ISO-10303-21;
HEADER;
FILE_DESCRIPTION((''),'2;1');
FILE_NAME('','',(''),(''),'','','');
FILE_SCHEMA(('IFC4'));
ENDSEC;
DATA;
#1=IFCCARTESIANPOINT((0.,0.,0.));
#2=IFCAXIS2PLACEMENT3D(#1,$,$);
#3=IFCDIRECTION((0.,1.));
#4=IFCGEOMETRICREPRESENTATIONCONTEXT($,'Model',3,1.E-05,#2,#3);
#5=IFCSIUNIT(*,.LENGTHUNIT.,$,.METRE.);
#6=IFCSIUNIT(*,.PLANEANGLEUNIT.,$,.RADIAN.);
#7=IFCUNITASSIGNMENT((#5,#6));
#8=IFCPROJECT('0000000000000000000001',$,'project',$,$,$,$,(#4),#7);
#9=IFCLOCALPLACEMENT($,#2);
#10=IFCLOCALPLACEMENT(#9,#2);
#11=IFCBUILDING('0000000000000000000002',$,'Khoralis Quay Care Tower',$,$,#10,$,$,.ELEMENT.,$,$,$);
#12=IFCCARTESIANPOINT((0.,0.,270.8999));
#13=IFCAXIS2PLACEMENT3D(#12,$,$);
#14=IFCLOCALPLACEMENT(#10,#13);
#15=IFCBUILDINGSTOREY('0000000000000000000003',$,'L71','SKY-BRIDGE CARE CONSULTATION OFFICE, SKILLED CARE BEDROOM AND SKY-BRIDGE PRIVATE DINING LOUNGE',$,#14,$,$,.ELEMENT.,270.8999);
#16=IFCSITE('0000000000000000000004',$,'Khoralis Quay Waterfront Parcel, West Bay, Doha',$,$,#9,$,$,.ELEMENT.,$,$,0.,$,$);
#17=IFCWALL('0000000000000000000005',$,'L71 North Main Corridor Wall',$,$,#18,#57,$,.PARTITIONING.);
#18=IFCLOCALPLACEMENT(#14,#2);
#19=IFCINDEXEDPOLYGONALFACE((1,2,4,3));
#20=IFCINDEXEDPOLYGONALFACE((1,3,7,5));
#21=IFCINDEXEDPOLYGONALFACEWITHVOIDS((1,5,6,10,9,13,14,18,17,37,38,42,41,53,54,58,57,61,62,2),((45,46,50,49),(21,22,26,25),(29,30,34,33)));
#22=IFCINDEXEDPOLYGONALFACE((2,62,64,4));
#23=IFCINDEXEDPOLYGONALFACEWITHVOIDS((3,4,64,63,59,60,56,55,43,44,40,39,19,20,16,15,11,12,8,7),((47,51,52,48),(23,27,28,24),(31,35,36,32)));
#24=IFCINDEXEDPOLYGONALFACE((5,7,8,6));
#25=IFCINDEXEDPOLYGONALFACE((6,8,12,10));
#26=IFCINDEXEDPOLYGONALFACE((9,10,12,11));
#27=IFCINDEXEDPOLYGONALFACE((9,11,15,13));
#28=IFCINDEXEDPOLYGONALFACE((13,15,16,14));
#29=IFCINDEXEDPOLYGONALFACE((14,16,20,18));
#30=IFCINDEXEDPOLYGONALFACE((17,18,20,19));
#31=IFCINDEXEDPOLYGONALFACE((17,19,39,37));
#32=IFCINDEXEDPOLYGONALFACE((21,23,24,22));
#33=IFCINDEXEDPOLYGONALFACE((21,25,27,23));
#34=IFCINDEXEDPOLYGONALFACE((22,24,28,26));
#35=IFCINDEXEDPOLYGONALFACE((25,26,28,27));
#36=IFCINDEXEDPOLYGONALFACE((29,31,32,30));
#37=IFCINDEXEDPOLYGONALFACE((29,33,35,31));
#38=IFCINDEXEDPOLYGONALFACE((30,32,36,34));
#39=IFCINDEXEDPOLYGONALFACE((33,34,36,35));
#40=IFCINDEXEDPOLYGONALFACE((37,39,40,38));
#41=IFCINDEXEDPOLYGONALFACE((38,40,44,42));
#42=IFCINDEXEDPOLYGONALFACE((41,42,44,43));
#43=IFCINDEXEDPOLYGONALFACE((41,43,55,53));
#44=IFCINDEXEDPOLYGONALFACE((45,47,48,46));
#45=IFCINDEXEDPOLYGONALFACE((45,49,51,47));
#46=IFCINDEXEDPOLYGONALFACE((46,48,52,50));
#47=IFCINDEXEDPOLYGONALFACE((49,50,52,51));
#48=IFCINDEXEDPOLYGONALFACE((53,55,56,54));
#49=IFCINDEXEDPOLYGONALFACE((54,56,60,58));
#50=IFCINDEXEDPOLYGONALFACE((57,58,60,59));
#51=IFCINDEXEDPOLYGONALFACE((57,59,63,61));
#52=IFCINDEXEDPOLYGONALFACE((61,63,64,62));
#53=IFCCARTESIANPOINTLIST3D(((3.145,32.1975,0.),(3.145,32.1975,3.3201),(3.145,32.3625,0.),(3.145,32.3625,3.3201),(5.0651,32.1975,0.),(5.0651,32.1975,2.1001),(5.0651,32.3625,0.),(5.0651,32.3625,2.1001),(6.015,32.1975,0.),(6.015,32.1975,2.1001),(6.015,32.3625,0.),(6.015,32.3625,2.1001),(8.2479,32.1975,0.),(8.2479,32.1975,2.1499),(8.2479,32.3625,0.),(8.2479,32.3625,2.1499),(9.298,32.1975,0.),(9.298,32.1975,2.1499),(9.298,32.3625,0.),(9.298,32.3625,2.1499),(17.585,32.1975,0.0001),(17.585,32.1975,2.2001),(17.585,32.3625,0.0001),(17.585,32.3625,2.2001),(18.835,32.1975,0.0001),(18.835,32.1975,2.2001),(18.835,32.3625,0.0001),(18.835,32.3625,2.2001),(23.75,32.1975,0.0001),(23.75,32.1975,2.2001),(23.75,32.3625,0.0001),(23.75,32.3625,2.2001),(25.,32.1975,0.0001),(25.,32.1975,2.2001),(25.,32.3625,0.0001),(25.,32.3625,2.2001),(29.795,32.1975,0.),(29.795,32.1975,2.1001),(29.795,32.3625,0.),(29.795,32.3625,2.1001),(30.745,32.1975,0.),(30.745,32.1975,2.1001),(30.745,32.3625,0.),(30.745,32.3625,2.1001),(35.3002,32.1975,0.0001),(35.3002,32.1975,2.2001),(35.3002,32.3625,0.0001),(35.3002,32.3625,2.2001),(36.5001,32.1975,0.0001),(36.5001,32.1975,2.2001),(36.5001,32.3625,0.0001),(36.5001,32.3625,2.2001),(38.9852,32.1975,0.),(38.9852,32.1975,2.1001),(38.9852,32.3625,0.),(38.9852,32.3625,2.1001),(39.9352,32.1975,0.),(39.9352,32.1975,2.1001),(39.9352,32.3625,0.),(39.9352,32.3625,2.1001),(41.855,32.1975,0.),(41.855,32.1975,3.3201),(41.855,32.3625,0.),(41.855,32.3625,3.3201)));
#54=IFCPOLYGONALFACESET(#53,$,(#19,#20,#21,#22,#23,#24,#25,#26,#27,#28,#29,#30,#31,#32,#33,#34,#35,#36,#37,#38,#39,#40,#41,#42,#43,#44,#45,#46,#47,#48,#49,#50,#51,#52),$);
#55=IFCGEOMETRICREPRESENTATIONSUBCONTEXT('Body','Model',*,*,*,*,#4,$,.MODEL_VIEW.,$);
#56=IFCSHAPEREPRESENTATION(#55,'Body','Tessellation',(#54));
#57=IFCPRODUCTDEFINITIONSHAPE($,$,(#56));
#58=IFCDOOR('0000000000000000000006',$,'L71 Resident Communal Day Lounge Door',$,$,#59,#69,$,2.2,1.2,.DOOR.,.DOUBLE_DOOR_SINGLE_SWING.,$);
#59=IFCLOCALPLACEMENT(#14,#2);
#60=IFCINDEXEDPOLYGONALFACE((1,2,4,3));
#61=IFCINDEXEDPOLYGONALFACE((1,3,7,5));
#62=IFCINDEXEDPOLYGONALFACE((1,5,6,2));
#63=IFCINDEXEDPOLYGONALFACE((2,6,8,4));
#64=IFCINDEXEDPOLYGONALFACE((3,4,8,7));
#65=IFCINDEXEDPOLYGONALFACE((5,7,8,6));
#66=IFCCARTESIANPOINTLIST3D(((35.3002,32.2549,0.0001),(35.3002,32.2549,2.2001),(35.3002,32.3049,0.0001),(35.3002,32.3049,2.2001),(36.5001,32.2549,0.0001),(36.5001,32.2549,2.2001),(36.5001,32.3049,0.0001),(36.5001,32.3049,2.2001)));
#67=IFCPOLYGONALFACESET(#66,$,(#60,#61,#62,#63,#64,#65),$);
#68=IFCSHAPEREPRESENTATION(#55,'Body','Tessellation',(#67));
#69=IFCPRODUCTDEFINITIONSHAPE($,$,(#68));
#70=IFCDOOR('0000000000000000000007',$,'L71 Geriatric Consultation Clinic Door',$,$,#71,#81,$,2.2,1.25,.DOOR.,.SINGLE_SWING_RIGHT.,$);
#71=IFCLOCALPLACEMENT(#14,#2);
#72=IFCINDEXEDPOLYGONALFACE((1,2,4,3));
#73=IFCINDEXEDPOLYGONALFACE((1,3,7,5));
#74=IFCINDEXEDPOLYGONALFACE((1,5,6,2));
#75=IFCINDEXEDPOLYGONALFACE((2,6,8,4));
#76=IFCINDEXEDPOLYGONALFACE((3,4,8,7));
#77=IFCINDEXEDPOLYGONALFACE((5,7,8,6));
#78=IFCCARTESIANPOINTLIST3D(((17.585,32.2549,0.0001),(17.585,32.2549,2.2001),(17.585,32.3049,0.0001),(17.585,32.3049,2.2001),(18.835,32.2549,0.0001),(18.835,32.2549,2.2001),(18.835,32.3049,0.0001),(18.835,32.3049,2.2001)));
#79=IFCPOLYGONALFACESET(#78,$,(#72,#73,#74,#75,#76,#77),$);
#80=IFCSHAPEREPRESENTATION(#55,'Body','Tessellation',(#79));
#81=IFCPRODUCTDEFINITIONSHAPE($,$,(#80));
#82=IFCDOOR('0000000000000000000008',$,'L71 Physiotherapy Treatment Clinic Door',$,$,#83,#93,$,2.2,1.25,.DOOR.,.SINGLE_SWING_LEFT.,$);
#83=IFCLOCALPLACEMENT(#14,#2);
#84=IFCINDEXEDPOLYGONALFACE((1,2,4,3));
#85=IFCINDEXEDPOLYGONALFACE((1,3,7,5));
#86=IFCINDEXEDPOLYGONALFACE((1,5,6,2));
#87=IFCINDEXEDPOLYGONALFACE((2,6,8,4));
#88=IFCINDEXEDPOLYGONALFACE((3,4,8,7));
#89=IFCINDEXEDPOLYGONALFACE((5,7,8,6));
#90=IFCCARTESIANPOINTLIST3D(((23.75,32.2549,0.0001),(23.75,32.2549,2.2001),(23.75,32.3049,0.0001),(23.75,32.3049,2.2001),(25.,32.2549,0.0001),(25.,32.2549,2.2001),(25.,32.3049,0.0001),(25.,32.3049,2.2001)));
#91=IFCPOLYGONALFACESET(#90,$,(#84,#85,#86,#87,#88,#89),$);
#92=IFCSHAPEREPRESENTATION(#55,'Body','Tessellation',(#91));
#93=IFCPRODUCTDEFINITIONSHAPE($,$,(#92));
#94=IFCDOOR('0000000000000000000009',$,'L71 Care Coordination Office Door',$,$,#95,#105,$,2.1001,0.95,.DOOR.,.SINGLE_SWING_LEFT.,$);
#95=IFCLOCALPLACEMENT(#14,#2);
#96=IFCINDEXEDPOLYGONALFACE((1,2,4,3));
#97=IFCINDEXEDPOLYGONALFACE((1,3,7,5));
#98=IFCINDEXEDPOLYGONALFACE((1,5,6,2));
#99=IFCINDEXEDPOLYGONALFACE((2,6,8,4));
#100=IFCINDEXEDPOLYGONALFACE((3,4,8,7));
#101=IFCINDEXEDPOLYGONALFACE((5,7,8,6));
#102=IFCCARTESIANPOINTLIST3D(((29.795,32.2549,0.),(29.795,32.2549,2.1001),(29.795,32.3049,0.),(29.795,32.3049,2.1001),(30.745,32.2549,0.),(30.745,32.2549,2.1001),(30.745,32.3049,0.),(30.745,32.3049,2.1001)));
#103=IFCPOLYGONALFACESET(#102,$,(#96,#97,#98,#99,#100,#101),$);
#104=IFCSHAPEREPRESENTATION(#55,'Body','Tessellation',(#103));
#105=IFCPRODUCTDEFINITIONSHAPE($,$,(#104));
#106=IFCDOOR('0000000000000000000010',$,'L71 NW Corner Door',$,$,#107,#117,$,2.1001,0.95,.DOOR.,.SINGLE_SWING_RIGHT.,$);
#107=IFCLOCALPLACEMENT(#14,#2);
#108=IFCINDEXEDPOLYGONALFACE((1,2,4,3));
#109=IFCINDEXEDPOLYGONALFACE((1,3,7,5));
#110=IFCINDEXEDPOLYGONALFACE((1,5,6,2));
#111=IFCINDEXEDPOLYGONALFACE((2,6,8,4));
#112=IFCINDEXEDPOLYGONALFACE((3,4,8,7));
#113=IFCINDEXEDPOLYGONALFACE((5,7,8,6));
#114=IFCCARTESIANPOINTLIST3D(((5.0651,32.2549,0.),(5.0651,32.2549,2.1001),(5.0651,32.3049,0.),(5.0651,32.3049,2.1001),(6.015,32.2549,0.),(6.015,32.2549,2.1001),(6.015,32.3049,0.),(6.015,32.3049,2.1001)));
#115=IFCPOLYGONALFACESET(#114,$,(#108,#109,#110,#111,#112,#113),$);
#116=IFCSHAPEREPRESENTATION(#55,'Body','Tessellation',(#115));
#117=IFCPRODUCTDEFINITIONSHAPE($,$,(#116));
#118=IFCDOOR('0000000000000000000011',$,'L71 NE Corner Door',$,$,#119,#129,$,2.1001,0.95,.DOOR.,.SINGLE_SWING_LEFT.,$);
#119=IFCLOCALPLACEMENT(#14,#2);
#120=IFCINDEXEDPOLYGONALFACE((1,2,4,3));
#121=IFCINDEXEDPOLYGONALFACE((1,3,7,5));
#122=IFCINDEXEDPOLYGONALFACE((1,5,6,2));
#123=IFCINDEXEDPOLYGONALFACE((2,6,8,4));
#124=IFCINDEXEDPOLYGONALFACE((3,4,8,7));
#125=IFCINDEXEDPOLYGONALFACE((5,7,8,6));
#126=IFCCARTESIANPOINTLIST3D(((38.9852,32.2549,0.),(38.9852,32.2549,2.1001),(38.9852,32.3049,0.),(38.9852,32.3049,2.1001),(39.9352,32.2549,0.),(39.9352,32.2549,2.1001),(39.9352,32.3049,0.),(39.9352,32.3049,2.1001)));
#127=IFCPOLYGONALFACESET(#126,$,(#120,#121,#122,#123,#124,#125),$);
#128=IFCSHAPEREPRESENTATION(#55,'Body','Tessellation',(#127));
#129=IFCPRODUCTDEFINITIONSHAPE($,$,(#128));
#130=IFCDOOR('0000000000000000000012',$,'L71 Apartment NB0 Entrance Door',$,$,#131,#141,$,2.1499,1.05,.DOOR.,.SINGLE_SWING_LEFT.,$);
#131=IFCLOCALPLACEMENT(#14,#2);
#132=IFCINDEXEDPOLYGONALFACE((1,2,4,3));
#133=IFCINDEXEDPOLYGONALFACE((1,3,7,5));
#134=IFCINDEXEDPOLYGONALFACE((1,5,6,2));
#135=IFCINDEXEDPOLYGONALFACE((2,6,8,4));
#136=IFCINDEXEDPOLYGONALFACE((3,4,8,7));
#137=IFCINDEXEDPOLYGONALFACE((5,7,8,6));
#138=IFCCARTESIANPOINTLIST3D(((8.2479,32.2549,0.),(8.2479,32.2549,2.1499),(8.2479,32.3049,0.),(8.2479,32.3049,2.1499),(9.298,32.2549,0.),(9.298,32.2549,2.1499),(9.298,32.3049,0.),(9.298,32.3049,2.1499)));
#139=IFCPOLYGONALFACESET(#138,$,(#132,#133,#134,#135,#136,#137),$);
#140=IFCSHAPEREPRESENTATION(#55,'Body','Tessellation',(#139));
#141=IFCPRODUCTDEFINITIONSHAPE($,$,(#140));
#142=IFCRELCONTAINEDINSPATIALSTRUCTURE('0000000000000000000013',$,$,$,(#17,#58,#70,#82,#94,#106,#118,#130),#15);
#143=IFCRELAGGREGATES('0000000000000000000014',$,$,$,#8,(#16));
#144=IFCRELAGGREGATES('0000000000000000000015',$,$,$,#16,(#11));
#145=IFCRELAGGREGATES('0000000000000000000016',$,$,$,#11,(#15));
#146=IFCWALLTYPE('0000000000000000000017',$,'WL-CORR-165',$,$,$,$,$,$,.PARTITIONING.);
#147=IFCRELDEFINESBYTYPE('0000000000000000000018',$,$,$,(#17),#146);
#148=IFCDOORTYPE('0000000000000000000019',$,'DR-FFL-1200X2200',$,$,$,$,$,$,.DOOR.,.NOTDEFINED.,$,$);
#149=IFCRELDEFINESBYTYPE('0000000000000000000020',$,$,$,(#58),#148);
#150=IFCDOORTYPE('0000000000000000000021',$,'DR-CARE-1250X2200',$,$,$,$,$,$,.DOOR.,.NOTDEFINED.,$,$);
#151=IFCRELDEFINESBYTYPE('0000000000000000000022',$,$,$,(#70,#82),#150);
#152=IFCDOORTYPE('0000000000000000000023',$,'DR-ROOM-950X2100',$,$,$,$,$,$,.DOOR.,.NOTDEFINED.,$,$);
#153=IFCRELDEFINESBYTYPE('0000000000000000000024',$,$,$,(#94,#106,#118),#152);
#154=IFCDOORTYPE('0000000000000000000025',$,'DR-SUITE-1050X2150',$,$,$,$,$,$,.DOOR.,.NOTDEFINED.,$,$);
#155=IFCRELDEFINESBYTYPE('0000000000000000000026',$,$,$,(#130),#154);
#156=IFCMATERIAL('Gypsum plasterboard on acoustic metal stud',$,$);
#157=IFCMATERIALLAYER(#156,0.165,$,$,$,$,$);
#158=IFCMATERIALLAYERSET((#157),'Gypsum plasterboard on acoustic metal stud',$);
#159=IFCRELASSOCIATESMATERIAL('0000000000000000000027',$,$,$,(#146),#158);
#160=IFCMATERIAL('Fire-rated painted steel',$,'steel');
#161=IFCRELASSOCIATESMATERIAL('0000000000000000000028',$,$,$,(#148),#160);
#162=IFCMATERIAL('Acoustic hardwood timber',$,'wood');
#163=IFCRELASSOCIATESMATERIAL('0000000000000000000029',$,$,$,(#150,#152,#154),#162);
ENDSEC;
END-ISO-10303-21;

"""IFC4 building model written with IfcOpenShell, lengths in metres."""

from ifc_helpers import new_model, si_unit, direction, frame, frame_2d, origin, place, context, subcontext, project, spatial, rectangle, extrude, source, transform, mapped, material, layer, layer_set, type_object, element, fill, save


model = new_model("IFC4")

# Units and contexts
model_context = context("Model", 3, precision=1e-05, world=origin(), true_north=direction((0.0, 1.0)))
body_context = subcontext(model_context, "Body", "Model", "MODEL_VIEW")
ifc_project = project(units=[si_unit("LENGTHUNIT", "METRE"), si_unit("PLANEANGLEUNIT", "RADIAN")], contexts=[model_context])

# Site, building, storey
site_placement = place(None, origin())
site = spatial("IfcSite", under=ifc_project, at=site_placement, Name="Khoralis Quay Waterfront Parcel, West Bay, Doha", CompositionType="ELEMENT", RefElevation=0.0)
building_placement = place(site_placement, origin())
building = spatial("IfcBuilding", under=site, at=building_placement, Name="Khoralis Quay Care Tower", CompositionType="ELEMENT")
storey_placement = place(building_placement, frame((0.0, 0.0, 270.8999)))
storey = spatial("IfcBuildingStorey", under=building, at=storey_placement, Name="L71", Description="SKY-BRIDGE CARE CONSULTATION OFFICE, SKILLED CARE BEDROOM AND SKY-BRIDGE PRIVATE DINING LOUNGE", CompositionType="ELEMENT", Elevation=270.8999)

# Shared definitions
ifc_material_1 = material(Name="Gypsum plasterboard on acoustic metal stud")
ifc_layer_1 = layer(ifc_material_1, 0.165)
ifc_layer_set_1 = layer_set([ifc_layer_1], Name="Gypsum plasterboard on acoustic metal stud")
wall_type_1 = type_object("IfcWallType", Name="WL-CORR-165", PredefinedType="PARTITIONING", material=ifc_layer_set_1)
ifc_material_2 = material(Name="Fire-rated painted steel", Category="steel")
door_type_1 = type_object("IfcDoorType", Name="DR-FFL-1200X2200", OperationType="NOTDEFINED", PredefinedType="DOOR", material=ifc_material_2)
shared_shape_1 = source(origin(), body_context, "Body", "SweptSolid", [
    extrude(rectangle(XDim=1.2, YDim=2.2, at=frame_2d((0.6001, 1.1001))), frame((0.0, 0.0249, 0.0), z_axis=(0.0, -1.0, 0.0), x_axis=(1.0, 0.0, 0.0)), (0.0, 0.0, 1.0), 0.05),
])

# Wall, openings, doors
wall_1_placement = place(storey_placement, frame((3.145, 32.28, 0.0), z_axis=(0.0, 0.0, 1.0), x_axis=(1.0, 0.0, 0.0)))
wall_1 = element("IfcWall", 1, at=wall_1_placement, inside=storey, type_object=wall_type_1, Name="L71 North Main Corridor Wall", PredefinedType="PARTITIONING", context=body_context, shape_type="SweptSolid", body=[
    extrude(rectangle(XDim=38.71, YDim=0.165, at=frame_2d((19.355, 0.0))), origin(), (0.0, 0.0, 1.0), 3.3201),
])
opening_1_placement = place(wall_1_placement, frame((5.103, 0.0, 0.0)))
opening_1 = element("IfcOpeningElement", 2, at=opening_1_placement, cuts=wall_1, PredefinedType="OPENING", context=body_context, shape_type="SweptSolid", body=[
    extrude(rectangle(XDim=1.05, YDim=2.1499, at=frame_2d((0.5249, 1.075))), frame((0.0, 0.0925, 0.0), z_axis=(0.0, -1.0, 0.0), x_axis=(1.0, 0.0, 0.0)), (0.0, 0.0, 1.0), 0.1851),
])
opening_2_placement = place(wall_1_placement, frame((14.4399, 0.0, 0.0)))
opening_2 = element("IfcOpeningElement", 3, at=opening_2_placement, cuts=wall_1, PredefinedType="OPENING", context=body_context, shape_type="SweptSolid", body=[
    extrude(rectangle(XDim=1.25, YDim=2.2, at=frame_2d((0.625, 1.1001))), frame((0.0, 0.0925, 0.0), z_axis=(0.0, -1.0, 0.0), x_axis=(1.0, 0.0, 0.0)), (0.0, 0.0, 1.0), 0.1851),
])
opening_3_placement = place(wall_1_placement, frame((20.605, 0.0, 0.0)))
opening_3 = element("IfcOpeningElement", 4, at=opening_3_placement, cuts=wall_1, PredefinedType="OPENING", context=body_context, shape_type="SweptSolid", body=[
    extrude(rectangle(XDim=1.25, YDim=2.2, at=frame_2d((0.625, 1.1001))), frame((0.0, 0.0925, 0.0), z_axis=(0.0, -1.0, 0.0), x_axis=(1.0, 0.0, 0.0)), (0.0, 0.0, 1.0), 0.1851),
])
opening_4_placement = place(wall_1_placement, frame((26.6499, 0.0, 0.0)))
opening_4 = element("IfcOpeningElement", 5, at=opening_4_placement, cuts=wall_1, PredefinedType="OPENING", context=body_context, shape_type="SweptSolid", body=[
    extrude(rectangle(XDim=0.95, YDim=2.1001, at=frame_2d((0.4751, 1.05))), frame((0.0, 0.0925, 0.0), z_axis=(0.0, -1.0, 0.0), x_axis=(1.0, 0.0, 0.0)), (0.0, 0.0, 1.0), 0.1851),
])
opening_5_placement = place(wall_1_placement, frame((32.155, 0.0, 0.0)))
opening_5 = element("IfcOpeningElement", 6, at=opening_5_placement, cuts=wall_1, PredefinedType="OPENING", context=body_context, shape_type="SweptSolid", body=[
    extrude(rectangle(XDim=1.2, YDim=2.2, at=frame_2d((0.6001, 1.1001))), frame((0.0, 0.0925, 0.0), z_axis=(0.0, -1.0, 0.0), x_axis=(1.0, 0.0, 0.0)), (0.0, 0.0, 1.0), 0.1851),
])
opening_6_placement = place(wall_1_placement, frame((1.9199, 0.0, 0.0)))
opening_6 = element("IfcOpeningElement", 7, at=opening_6_placement, cuts=wall_1, PredefinedType="OPENING", context=body_context, shape_type="SweptSolid", body=[
    extrude(rectangle(XDim=0.95, YDim=2.1001, at=frame_2d((0.4751, 1.05))), frame((0.0, 0.0925, 0.0), z_axis=(0.0, -1.0, 0.0), x_axis=(1.0, 0.0, 0.0)), (0.0, 0.0, 1.0), 0.1851),
])
opening_7_placement = place(wall_1_placement, frame((35.8401, 0.0, 0.0)))
opening_7 = element("IfcOpeningElement", 8, at=opening_7_placement, cuts=wall_1, PredefinedType="OPENING", context=body_context, shape_type="SweptSolid", body=[
    extrude(rectangle(XDim=0.95, YDim=2.1001, at=frame_2d((0.4751, 1.05))), frame((0.0, 0.0925, 0.0), z_axis=(0.0, -1.0, 0.0), x_axis=(1.0, 0.0, 0.0)), (0.0, 0.0, 1.0), 0.1851),
])
door_1_placement = place(opening_5_placement, origin())
door_1 = element("IfcDoor", 9, at=door_1_placement, inside=storey, type_object=door_type_1, Name="L71 Resident Communal Day Lounge Door", OperationType="DOUBLE_DOOR_SINGLE_SWING", OverallHeight=2.2, OverallWidth=1.2, PredefinedType="DOOR", context=body_context, shape_type="MappedRepresentation", body=[
    mapped(shared_shape_1, transform((0.0, 0.0, 0.0), scale=1.0)),
])
fill(opening_5, door_1)
ifc_material_3 = material(Name="Acoustic hardwood timber", Category="wood")
door_type_2 = type_object("IfcDoorType", Name="DR-CARE-1250X2200", OperationType="NOTDEFINED", PredefinedType="DOOR", material=ifc_material_3)
shared_shape_2 = source(origin(), body_context, "Body", "SweptSolid", [
    extrude(rectangle(XDim=1.25, YDim=2.2, at=frame_2d((0.625, 1.1001))), frame((0.0, 0.0249, 0.0), z_axis=(0.0, -1.0, 0.0), x_axis=(1.0, 0.0, 0.0)), (0.0, 0.0, 1.0), 0.05),
])
door_2_placement = place(opening_2_placement, origin())
door_2 = element("IfcDoor", 10, at=door_2_placement, inside=storey, type_object=door_type_2, Name="L71 Geriatric Consultation Clinic Door", OperationType="SINGLE_SWING_RIGHT", OverallHeight=2.2, OverallWidth=1.25, PredefinedType="DOOR", context=body_context, shape_type="MappedRepresentation", body=[
    mapped(shared_shape_2, transform((0.0, 0.0, 0.0), scale=1.0)),
])
fill(opening_2, door_2)
door_3_placement = place(opening_3_placement, origin())
door_3 = element("IfcDoor", 11, at=door_3_placement, inside=storey, type_object=door_type_2, Name="L71 Physiotherapy Treatment Clinic Door", OperationType="SINGLE_SWING_LEFT", OverallHeight=2.2, OverallWidth=1.25, PredefinedType="DOOR", context=body_context, shape_type="MappedRepresentation", body=[
    mapped(shared_shape_2, transform((0.0, 0.0, 0.0), scale=1.0)),
])
fill(opening_3, door_3)
door_type_3 = type_object("IfcDoorType", Name="DR-ROOM-950X2100", OperationType="NOTDEFINED", PredefinedType="DOOR", material=ifc_material_3)
shared_shape_3 = source(origin(), body_context, "Body", "SweptSolid", [
    extrude(rectangle(XDim=0.95, YDim=2.1001, at=frame_2d((0.4751, 1.05))), frame((0.0, 0.0249, 0.0), z_axis=(0.0, -1.0, 0.0), x_axis=(1.0, 0.0, 0.0)), (0.0, 0.0, 1.0), 0.05),
])
door_4_placement = place(opening_4_placement, origin())
door_4 = element("IfcDoor", 12, at=door_4_placement, inside=storey, type_object=door_type_3, Name="L71 Care Coordination Office Door", OperationType="SINGLE_SWING_LEFT", OverallHeight=2.1001, OverallWidth=0.95, PredefinedType="DOOR", context=body_context, shape_type="MappedRepresentation", body=[
    mapped(shared_shape_3, transform((0.0, 0.0, 0.0), scale=1.0)),
])
fill(opening_4, door_4)
door_5_placement = place(opening_6_placement, origin())
door_5 = element("IfcDoor", 13, at=door_5_placement, inside=storey, type_object=door_type_3, Name="L71 NW Corner Door", OperationType="SINGLE_SWING_RIGHT", OverallHeight=2.1001, OverallWidth=0.95, PredefinedType="DOOR", context=body_context, shape_type="MappedRepresentation", body=[
    mapped(shared_shape_3, transform((0.0, 0.0, 0.0), scale=1.0)),
])
fill(opening_6, door_5)
door_6_placement = place(opening_7_placement, origin())
door_6 = element("IfcDoor", 14, at=door_6_placement, inside=storey, type_object=door_type_3, Name="L71 NE Corner Door", OperationType="SINGLE_SWING_LEFT", OverallHeight=2.1001, OverallWidth=0.95, PredefinedType="DOOR", context=body_context, shape_type="MappedRepresentation", body=[
    mapped(shared_shape_3, transform((0.0, 0.0, 0.0), scale=1.0)),
])
fill(opening_7, door_6)
door_type_4 = type_object("IfcDoorType", Name="DR-SUITE-1050X2150", OperationType="NOTDEFINED", PredefinedType="DOOR", material=ifc_material_3)
shared_shape_4 = source(origin(), body_context, "Body", "SweptSolid", [
    extrude(rectangle(XDim=1.05, YDim=2.1499, at=frame_2d((0.5249, 1.075))), frame((0.0, 0.0249, 0.0), z_axis=(0.0, -1.0, 0.0), x_axis=(1.0, 0.0, 0.0)), (0.0, 0.0, 1.0), 0.05),
])
door_7_placement = place(opening_1_placement, origin())
door_7 = element("IfcDoor", 15, at=door_7_placement, inside=storey, type_object=door_type_4, Name="L71 Apartment NB0 Entrance Door", OperationType="SINGLE_SWING_LEFT", OverallHeight=2.1499, OverallWidth=1.05, PredefinedType="DOOR", context=body_context, shape_type="MappedRepresentation", body=[
    mapped(shared_shape_4, transform((0.0, 0.0, 0.0), scale=1.0)),
])
fill(opening_1, door_7)

save(model, "model.ifc")
